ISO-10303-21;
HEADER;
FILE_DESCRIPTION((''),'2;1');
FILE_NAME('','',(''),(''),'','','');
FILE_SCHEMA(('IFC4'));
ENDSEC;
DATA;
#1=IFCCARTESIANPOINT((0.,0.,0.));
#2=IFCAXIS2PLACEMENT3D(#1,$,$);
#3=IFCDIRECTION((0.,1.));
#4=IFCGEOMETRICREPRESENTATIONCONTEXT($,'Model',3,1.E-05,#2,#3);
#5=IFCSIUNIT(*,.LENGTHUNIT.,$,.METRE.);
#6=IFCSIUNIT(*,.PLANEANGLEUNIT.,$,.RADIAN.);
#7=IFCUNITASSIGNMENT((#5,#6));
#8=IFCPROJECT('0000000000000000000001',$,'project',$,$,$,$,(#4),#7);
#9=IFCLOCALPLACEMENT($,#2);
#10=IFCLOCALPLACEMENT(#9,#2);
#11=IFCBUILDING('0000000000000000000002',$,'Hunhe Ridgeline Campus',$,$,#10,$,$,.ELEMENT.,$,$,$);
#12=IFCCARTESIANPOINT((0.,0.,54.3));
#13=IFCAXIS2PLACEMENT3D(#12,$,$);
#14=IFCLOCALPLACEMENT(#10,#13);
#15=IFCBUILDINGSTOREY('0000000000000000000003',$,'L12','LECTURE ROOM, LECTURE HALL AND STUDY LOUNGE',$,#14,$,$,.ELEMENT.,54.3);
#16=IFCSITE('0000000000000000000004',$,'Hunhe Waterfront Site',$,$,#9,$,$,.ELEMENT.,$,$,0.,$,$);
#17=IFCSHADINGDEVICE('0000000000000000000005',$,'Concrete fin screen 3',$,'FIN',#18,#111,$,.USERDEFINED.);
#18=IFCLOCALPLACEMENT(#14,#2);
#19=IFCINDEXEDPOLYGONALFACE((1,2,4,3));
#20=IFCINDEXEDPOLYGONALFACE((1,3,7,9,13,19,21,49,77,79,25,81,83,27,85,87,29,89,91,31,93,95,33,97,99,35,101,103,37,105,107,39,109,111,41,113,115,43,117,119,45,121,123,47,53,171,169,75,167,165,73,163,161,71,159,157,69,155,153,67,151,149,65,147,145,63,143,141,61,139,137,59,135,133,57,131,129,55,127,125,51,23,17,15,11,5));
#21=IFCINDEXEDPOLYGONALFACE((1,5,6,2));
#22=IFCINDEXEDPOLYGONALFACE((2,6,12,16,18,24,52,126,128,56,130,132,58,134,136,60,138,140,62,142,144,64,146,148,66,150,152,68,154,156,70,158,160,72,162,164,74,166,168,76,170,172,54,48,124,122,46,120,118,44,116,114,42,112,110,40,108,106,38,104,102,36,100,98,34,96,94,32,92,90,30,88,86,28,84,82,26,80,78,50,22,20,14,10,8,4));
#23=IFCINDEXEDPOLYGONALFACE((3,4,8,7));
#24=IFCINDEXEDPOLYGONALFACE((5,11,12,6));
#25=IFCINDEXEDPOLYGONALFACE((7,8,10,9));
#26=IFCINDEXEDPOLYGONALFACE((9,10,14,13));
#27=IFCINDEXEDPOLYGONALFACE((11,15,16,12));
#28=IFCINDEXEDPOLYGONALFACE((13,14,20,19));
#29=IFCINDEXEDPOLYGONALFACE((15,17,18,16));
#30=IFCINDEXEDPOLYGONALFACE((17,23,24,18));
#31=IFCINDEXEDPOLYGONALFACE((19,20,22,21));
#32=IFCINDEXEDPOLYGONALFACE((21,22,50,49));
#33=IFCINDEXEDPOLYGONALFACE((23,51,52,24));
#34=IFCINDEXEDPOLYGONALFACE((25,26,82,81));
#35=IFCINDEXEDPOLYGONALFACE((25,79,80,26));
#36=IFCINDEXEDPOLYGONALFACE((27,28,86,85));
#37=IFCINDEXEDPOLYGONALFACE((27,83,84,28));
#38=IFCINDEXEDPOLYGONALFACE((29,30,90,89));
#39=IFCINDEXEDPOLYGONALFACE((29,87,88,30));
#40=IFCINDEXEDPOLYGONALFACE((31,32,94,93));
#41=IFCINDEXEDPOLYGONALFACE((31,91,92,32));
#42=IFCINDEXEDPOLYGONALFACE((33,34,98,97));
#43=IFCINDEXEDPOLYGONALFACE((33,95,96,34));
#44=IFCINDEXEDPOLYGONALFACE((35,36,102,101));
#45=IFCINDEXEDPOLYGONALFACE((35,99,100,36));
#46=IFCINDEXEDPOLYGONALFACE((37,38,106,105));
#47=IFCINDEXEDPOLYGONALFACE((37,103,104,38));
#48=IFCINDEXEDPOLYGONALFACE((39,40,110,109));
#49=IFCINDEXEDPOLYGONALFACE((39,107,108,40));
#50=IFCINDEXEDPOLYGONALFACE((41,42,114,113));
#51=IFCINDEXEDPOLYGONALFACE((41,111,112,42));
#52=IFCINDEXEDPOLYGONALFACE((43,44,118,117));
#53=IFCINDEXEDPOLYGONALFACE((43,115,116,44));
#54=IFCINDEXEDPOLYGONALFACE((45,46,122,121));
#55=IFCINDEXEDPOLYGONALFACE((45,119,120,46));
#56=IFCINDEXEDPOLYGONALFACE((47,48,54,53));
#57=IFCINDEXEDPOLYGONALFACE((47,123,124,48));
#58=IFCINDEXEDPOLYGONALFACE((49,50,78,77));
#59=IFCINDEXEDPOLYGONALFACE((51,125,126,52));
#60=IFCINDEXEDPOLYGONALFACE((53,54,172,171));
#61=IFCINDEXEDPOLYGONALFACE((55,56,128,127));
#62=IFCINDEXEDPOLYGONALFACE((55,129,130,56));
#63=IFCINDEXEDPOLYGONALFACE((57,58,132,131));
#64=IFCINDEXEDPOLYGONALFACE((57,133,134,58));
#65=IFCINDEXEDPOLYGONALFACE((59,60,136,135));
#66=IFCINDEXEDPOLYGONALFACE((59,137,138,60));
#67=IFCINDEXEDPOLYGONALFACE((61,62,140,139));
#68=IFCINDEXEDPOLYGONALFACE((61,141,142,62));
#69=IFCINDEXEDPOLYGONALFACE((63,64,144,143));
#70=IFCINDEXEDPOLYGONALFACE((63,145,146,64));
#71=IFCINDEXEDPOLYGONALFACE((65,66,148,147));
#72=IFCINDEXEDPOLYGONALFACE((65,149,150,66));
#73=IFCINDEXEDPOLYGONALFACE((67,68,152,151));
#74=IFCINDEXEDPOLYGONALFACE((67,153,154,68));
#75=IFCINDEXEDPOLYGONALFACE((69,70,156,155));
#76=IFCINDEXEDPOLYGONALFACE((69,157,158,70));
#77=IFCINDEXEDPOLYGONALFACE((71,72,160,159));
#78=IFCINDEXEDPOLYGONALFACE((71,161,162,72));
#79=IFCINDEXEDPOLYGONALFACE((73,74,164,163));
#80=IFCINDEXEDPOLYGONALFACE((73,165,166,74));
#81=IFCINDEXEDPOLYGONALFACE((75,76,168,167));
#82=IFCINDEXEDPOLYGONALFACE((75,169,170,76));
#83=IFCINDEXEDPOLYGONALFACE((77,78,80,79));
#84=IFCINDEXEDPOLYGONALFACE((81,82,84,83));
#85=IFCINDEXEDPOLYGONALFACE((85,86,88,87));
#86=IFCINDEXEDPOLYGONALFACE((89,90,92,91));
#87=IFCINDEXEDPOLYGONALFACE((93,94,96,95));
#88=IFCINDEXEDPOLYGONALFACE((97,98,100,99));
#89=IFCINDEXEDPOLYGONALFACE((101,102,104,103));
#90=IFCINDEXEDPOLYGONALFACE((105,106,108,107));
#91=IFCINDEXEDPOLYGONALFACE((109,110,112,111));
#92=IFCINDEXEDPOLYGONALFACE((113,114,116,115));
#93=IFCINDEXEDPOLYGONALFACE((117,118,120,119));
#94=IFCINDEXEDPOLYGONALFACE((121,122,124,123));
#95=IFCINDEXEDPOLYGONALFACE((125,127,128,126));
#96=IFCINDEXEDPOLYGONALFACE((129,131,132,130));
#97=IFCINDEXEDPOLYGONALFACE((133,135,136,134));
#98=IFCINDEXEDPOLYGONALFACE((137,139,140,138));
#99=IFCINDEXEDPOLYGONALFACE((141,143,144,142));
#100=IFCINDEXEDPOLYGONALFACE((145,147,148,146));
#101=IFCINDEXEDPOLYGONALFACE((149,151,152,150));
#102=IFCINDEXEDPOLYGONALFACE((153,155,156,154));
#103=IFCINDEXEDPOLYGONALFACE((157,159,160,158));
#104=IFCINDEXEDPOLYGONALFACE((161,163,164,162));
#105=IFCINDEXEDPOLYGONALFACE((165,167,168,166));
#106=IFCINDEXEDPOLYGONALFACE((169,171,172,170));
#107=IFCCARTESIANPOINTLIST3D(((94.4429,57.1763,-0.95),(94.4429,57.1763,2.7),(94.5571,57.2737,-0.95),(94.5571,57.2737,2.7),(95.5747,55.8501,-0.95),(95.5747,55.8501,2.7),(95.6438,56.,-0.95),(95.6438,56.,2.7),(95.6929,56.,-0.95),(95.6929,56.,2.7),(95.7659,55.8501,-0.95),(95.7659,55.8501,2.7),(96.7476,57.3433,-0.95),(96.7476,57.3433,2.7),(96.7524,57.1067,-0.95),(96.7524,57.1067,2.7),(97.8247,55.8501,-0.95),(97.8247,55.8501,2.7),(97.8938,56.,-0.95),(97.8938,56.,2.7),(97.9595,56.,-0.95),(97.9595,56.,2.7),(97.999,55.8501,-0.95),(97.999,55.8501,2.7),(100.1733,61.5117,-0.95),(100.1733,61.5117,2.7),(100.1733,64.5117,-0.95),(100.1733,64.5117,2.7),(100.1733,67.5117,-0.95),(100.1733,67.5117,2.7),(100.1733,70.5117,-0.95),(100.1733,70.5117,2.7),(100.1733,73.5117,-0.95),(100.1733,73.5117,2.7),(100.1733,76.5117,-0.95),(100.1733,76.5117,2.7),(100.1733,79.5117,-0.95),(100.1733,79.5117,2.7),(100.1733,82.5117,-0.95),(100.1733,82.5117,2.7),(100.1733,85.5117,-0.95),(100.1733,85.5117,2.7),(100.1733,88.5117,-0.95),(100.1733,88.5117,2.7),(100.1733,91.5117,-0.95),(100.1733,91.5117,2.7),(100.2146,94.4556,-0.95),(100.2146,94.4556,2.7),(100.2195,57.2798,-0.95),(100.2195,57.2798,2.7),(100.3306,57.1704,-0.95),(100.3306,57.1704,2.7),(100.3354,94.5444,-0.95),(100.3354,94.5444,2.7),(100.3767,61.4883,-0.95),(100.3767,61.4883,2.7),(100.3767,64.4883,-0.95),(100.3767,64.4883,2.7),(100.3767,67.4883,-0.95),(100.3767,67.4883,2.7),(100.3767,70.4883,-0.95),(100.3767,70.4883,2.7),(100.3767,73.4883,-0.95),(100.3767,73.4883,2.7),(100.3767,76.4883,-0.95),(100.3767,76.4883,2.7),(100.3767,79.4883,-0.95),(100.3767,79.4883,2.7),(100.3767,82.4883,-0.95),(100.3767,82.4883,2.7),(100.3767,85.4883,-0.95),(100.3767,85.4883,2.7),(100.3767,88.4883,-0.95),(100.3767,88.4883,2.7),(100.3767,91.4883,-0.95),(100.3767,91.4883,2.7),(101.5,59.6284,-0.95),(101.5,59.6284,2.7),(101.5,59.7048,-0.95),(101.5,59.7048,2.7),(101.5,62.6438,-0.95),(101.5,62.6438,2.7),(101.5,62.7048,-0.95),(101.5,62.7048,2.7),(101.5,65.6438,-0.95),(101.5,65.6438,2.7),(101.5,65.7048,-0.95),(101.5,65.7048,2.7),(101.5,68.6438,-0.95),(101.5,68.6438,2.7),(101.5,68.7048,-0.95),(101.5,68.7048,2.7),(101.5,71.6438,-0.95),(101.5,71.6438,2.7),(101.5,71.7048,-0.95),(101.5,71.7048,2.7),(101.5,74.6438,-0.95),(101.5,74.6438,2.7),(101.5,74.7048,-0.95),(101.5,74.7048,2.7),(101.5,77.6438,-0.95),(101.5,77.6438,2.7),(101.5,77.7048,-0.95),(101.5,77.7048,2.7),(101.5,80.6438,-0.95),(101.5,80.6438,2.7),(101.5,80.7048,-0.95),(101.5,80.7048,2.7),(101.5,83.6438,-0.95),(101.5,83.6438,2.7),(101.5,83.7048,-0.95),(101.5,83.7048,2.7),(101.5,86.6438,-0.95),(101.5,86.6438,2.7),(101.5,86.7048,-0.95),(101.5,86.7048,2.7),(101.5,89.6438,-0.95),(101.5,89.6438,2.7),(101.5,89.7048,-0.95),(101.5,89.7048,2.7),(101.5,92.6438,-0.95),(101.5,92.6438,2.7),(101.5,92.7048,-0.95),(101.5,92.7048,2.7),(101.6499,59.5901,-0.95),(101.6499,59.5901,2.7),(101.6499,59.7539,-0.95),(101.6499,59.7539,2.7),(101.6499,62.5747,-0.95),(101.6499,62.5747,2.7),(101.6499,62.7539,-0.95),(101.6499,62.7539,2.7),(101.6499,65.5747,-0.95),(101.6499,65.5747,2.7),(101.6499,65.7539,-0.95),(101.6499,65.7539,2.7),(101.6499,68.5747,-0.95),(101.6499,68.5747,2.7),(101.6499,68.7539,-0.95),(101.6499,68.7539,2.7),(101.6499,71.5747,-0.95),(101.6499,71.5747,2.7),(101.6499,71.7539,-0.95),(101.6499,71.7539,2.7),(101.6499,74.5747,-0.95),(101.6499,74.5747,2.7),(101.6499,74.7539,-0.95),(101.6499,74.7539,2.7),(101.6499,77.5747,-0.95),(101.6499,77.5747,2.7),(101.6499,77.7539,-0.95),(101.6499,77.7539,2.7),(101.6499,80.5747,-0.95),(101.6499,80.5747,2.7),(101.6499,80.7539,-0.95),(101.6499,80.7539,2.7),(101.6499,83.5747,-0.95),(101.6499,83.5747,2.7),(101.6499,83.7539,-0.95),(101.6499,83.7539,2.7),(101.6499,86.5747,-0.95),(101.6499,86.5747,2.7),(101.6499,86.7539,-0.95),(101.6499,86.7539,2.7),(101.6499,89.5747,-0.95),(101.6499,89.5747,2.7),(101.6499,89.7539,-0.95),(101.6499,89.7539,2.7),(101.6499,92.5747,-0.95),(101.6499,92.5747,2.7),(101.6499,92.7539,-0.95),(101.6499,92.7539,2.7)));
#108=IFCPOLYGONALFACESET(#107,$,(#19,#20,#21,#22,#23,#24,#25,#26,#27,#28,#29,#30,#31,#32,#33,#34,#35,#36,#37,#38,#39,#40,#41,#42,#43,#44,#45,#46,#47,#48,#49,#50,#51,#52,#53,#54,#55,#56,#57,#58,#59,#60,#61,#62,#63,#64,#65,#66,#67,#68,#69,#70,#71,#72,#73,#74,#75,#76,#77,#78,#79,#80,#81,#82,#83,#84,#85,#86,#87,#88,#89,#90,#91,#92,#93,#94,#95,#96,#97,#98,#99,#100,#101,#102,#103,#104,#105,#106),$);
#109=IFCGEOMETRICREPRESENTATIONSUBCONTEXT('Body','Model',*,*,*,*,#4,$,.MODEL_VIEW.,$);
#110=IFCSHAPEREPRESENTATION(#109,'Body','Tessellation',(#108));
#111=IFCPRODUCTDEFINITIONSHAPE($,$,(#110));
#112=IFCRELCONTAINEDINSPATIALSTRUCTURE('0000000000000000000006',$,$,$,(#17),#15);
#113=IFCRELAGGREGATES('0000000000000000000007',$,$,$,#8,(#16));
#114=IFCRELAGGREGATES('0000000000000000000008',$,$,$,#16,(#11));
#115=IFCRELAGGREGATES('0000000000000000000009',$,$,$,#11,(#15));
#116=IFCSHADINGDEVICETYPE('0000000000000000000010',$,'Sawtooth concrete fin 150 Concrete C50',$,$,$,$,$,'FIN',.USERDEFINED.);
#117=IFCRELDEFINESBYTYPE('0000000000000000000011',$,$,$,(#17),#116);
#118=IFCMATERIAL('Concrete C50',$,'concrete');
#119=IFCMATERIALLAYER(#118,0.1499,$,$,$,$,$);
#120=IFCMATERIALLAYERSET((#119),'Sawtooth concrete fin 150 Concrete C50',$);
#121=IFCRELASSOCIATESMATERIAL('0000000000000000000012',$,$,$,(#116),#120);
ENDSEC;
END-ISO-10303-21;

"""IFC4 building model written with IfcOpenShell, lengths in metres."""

from ifc_helpers import new_model, si_unit, direction, frame, origin, place, context, subcontext, project, spatial, polyline, outline, extrude, material, layer, layer_set, type_object, element, save


model = new_model("IFC4")

# Units and contexts
model_context = context("Model", 3, precision=1e-05, world=origin(), true_north=direction((0.0, 1.0)))
body_context = subcontext(model_context, "Body", "Model", "MODEL_VIEW")
ifc_project = project(units=[si_unit("LENGTHUNIT", "METRE"), si_unit("PLANEANGLEUNIT", "RADIAN")], contexts=[model_context])

# Site, building, storey
site_placement = place(None, origin())
site = spatial("IfcSite", under=ifc_project, at=site_placement, Name="Hunhe Waterfront Site", CompositionType="ELEMENT", RefElevation=0.0)
building_placement = place(site_placement, origin())
building = spatial("IfcBuilding", under=site, at=building_placement, Name="Hunhe Ridgeline Campus", CompositionType="ELEMENT")
storey_placement = place(building_placement, frame((0.0, 0.0, 54.3)))
storey = spatial("IfcBuildingStorey", under=building, at=storey_placement, Name="L12", Description="LECTURE ROOM, LECTURE HALL AND STUDY LOUNGE", CompositionType="ELEMENT", Elevation=54.3)

# Shading device
ifc_material_1 = material(Name="Concrete C50", Category="concrete")
ifc_layer_1 = layer(ifc_material_1, 0.1499)
ifc_layer_set_1 = layer_set([ifc_layer_1], Name="Sawtooth concrete fin 150 Concrete C50")
shading_device_type = type_object("IfcShadingDeviceType", Name="Sawtooth concrete fin 150 Concrete C50", ElementType="FIN", PredefinedType="USERDEFINED", material=ifc_layer_set_1)
shading_device_1_placement = place(storey_placement, frame((0.0, 0.0, -0.95)))
element("IfcShadingDevice", 1, at=shading_device_1_placement, inside=storey, type_object=shading_device_type, Name="Concrete fin screen 3", ObjectType="FIN", PredefinedType="USERDEFINED", context=body_context, shape_type="SweptSolid", body=[
    extrude(outline(polyline([(94.5571, 57.2737), (94.4429, 57.1763), (95.5747, 55.8501), (95.7659, 55.8501), (96.7524, 57.1067), (97.8247, 55.8501), (97.999, 55.8501), (100.3306, 57.1704), (101.6499, 59.5901), (101.6499, 59.7539), (100.3767, 61.4883), (101.6499, 62.5747), (101.6499, 62.7539), (100.3767, 64.4883), (101.6499, 65.5747), (101.6499, 65.7539), (100.3767, 67.4883), (101.6499, 68.5747), (101.6499, 68.7539), (100.3767, 70.4883), (101.6499, 71.5747), (101.6499, 71.7539), (100.3767, 73.4883), (101.6499, 74.5747), (101.6499, 74.7539), (100.3767, 76.4883), (101.6499, 77.5747), (101.6499, 77.7539), (100.3767, 79.4883), (101.6499, 80.5747), (101.6499, 80.7539), (100.3767, 82.4883), (101.6499, 83.5747), (101.6499, 83.7539), (100.3767, 85.4883), (101.6499, 86.5747), (101.6499, 86.7539), (100.3767, 88.4883), (101.6499, 89.5747), (101.6499, 89.7539), (100.3767, 91.4883), (101.6499, 92.5747), (101.6499, 92.7539), (100.3354, 94.5444), (100.2146, 94.4556), (101.5, 92.7048), (101.5, 92.6438), (100.1733, 91.5117), (101.5, 89.7048), (101.5, 89.6438), (100.1733, 88.5117), (101.5, 86.7048), (101.5, 86.6438), (100.1733, 85.5117), (101.5, 83.7048), (101.5, 83.6438), (100.1733, 82.5117), (101.5, 80.7048), (101.5, 80.6438), (100.1733, 79.5117), (101.5, 77.7048), (101.5, 77.6438), (100.1733, 76.5117), (101.5, 74.7048), (101.5, 74.6438), (100.1733, 73.5117), (101.5, 71.7048), (101.5, 71.6438), (100.1733, 70.5117), (101.5, 68.7048), (101.5, 68.6438), (100.1733, 67.5117), (101.5, 65.7048), (101.5, 65.6438), (100.1733, 64.5117), (101.5, 62.7048), (101.5, 62.6438), (100.1733, 61.5117), (101.5, 59.7048), (101.5, 59.6284), (100.2195, 57.2798), (97.9595, 56.0), (97.8938, 56.0), (96.7476, 57.3433), (95.6929, 56.0), (95.6438, 56.0), (94.5571, 57.2737)])), origin(), (0.0, 0.0, 1.0), 3.6499),
])

save(model, "model.ifc")
